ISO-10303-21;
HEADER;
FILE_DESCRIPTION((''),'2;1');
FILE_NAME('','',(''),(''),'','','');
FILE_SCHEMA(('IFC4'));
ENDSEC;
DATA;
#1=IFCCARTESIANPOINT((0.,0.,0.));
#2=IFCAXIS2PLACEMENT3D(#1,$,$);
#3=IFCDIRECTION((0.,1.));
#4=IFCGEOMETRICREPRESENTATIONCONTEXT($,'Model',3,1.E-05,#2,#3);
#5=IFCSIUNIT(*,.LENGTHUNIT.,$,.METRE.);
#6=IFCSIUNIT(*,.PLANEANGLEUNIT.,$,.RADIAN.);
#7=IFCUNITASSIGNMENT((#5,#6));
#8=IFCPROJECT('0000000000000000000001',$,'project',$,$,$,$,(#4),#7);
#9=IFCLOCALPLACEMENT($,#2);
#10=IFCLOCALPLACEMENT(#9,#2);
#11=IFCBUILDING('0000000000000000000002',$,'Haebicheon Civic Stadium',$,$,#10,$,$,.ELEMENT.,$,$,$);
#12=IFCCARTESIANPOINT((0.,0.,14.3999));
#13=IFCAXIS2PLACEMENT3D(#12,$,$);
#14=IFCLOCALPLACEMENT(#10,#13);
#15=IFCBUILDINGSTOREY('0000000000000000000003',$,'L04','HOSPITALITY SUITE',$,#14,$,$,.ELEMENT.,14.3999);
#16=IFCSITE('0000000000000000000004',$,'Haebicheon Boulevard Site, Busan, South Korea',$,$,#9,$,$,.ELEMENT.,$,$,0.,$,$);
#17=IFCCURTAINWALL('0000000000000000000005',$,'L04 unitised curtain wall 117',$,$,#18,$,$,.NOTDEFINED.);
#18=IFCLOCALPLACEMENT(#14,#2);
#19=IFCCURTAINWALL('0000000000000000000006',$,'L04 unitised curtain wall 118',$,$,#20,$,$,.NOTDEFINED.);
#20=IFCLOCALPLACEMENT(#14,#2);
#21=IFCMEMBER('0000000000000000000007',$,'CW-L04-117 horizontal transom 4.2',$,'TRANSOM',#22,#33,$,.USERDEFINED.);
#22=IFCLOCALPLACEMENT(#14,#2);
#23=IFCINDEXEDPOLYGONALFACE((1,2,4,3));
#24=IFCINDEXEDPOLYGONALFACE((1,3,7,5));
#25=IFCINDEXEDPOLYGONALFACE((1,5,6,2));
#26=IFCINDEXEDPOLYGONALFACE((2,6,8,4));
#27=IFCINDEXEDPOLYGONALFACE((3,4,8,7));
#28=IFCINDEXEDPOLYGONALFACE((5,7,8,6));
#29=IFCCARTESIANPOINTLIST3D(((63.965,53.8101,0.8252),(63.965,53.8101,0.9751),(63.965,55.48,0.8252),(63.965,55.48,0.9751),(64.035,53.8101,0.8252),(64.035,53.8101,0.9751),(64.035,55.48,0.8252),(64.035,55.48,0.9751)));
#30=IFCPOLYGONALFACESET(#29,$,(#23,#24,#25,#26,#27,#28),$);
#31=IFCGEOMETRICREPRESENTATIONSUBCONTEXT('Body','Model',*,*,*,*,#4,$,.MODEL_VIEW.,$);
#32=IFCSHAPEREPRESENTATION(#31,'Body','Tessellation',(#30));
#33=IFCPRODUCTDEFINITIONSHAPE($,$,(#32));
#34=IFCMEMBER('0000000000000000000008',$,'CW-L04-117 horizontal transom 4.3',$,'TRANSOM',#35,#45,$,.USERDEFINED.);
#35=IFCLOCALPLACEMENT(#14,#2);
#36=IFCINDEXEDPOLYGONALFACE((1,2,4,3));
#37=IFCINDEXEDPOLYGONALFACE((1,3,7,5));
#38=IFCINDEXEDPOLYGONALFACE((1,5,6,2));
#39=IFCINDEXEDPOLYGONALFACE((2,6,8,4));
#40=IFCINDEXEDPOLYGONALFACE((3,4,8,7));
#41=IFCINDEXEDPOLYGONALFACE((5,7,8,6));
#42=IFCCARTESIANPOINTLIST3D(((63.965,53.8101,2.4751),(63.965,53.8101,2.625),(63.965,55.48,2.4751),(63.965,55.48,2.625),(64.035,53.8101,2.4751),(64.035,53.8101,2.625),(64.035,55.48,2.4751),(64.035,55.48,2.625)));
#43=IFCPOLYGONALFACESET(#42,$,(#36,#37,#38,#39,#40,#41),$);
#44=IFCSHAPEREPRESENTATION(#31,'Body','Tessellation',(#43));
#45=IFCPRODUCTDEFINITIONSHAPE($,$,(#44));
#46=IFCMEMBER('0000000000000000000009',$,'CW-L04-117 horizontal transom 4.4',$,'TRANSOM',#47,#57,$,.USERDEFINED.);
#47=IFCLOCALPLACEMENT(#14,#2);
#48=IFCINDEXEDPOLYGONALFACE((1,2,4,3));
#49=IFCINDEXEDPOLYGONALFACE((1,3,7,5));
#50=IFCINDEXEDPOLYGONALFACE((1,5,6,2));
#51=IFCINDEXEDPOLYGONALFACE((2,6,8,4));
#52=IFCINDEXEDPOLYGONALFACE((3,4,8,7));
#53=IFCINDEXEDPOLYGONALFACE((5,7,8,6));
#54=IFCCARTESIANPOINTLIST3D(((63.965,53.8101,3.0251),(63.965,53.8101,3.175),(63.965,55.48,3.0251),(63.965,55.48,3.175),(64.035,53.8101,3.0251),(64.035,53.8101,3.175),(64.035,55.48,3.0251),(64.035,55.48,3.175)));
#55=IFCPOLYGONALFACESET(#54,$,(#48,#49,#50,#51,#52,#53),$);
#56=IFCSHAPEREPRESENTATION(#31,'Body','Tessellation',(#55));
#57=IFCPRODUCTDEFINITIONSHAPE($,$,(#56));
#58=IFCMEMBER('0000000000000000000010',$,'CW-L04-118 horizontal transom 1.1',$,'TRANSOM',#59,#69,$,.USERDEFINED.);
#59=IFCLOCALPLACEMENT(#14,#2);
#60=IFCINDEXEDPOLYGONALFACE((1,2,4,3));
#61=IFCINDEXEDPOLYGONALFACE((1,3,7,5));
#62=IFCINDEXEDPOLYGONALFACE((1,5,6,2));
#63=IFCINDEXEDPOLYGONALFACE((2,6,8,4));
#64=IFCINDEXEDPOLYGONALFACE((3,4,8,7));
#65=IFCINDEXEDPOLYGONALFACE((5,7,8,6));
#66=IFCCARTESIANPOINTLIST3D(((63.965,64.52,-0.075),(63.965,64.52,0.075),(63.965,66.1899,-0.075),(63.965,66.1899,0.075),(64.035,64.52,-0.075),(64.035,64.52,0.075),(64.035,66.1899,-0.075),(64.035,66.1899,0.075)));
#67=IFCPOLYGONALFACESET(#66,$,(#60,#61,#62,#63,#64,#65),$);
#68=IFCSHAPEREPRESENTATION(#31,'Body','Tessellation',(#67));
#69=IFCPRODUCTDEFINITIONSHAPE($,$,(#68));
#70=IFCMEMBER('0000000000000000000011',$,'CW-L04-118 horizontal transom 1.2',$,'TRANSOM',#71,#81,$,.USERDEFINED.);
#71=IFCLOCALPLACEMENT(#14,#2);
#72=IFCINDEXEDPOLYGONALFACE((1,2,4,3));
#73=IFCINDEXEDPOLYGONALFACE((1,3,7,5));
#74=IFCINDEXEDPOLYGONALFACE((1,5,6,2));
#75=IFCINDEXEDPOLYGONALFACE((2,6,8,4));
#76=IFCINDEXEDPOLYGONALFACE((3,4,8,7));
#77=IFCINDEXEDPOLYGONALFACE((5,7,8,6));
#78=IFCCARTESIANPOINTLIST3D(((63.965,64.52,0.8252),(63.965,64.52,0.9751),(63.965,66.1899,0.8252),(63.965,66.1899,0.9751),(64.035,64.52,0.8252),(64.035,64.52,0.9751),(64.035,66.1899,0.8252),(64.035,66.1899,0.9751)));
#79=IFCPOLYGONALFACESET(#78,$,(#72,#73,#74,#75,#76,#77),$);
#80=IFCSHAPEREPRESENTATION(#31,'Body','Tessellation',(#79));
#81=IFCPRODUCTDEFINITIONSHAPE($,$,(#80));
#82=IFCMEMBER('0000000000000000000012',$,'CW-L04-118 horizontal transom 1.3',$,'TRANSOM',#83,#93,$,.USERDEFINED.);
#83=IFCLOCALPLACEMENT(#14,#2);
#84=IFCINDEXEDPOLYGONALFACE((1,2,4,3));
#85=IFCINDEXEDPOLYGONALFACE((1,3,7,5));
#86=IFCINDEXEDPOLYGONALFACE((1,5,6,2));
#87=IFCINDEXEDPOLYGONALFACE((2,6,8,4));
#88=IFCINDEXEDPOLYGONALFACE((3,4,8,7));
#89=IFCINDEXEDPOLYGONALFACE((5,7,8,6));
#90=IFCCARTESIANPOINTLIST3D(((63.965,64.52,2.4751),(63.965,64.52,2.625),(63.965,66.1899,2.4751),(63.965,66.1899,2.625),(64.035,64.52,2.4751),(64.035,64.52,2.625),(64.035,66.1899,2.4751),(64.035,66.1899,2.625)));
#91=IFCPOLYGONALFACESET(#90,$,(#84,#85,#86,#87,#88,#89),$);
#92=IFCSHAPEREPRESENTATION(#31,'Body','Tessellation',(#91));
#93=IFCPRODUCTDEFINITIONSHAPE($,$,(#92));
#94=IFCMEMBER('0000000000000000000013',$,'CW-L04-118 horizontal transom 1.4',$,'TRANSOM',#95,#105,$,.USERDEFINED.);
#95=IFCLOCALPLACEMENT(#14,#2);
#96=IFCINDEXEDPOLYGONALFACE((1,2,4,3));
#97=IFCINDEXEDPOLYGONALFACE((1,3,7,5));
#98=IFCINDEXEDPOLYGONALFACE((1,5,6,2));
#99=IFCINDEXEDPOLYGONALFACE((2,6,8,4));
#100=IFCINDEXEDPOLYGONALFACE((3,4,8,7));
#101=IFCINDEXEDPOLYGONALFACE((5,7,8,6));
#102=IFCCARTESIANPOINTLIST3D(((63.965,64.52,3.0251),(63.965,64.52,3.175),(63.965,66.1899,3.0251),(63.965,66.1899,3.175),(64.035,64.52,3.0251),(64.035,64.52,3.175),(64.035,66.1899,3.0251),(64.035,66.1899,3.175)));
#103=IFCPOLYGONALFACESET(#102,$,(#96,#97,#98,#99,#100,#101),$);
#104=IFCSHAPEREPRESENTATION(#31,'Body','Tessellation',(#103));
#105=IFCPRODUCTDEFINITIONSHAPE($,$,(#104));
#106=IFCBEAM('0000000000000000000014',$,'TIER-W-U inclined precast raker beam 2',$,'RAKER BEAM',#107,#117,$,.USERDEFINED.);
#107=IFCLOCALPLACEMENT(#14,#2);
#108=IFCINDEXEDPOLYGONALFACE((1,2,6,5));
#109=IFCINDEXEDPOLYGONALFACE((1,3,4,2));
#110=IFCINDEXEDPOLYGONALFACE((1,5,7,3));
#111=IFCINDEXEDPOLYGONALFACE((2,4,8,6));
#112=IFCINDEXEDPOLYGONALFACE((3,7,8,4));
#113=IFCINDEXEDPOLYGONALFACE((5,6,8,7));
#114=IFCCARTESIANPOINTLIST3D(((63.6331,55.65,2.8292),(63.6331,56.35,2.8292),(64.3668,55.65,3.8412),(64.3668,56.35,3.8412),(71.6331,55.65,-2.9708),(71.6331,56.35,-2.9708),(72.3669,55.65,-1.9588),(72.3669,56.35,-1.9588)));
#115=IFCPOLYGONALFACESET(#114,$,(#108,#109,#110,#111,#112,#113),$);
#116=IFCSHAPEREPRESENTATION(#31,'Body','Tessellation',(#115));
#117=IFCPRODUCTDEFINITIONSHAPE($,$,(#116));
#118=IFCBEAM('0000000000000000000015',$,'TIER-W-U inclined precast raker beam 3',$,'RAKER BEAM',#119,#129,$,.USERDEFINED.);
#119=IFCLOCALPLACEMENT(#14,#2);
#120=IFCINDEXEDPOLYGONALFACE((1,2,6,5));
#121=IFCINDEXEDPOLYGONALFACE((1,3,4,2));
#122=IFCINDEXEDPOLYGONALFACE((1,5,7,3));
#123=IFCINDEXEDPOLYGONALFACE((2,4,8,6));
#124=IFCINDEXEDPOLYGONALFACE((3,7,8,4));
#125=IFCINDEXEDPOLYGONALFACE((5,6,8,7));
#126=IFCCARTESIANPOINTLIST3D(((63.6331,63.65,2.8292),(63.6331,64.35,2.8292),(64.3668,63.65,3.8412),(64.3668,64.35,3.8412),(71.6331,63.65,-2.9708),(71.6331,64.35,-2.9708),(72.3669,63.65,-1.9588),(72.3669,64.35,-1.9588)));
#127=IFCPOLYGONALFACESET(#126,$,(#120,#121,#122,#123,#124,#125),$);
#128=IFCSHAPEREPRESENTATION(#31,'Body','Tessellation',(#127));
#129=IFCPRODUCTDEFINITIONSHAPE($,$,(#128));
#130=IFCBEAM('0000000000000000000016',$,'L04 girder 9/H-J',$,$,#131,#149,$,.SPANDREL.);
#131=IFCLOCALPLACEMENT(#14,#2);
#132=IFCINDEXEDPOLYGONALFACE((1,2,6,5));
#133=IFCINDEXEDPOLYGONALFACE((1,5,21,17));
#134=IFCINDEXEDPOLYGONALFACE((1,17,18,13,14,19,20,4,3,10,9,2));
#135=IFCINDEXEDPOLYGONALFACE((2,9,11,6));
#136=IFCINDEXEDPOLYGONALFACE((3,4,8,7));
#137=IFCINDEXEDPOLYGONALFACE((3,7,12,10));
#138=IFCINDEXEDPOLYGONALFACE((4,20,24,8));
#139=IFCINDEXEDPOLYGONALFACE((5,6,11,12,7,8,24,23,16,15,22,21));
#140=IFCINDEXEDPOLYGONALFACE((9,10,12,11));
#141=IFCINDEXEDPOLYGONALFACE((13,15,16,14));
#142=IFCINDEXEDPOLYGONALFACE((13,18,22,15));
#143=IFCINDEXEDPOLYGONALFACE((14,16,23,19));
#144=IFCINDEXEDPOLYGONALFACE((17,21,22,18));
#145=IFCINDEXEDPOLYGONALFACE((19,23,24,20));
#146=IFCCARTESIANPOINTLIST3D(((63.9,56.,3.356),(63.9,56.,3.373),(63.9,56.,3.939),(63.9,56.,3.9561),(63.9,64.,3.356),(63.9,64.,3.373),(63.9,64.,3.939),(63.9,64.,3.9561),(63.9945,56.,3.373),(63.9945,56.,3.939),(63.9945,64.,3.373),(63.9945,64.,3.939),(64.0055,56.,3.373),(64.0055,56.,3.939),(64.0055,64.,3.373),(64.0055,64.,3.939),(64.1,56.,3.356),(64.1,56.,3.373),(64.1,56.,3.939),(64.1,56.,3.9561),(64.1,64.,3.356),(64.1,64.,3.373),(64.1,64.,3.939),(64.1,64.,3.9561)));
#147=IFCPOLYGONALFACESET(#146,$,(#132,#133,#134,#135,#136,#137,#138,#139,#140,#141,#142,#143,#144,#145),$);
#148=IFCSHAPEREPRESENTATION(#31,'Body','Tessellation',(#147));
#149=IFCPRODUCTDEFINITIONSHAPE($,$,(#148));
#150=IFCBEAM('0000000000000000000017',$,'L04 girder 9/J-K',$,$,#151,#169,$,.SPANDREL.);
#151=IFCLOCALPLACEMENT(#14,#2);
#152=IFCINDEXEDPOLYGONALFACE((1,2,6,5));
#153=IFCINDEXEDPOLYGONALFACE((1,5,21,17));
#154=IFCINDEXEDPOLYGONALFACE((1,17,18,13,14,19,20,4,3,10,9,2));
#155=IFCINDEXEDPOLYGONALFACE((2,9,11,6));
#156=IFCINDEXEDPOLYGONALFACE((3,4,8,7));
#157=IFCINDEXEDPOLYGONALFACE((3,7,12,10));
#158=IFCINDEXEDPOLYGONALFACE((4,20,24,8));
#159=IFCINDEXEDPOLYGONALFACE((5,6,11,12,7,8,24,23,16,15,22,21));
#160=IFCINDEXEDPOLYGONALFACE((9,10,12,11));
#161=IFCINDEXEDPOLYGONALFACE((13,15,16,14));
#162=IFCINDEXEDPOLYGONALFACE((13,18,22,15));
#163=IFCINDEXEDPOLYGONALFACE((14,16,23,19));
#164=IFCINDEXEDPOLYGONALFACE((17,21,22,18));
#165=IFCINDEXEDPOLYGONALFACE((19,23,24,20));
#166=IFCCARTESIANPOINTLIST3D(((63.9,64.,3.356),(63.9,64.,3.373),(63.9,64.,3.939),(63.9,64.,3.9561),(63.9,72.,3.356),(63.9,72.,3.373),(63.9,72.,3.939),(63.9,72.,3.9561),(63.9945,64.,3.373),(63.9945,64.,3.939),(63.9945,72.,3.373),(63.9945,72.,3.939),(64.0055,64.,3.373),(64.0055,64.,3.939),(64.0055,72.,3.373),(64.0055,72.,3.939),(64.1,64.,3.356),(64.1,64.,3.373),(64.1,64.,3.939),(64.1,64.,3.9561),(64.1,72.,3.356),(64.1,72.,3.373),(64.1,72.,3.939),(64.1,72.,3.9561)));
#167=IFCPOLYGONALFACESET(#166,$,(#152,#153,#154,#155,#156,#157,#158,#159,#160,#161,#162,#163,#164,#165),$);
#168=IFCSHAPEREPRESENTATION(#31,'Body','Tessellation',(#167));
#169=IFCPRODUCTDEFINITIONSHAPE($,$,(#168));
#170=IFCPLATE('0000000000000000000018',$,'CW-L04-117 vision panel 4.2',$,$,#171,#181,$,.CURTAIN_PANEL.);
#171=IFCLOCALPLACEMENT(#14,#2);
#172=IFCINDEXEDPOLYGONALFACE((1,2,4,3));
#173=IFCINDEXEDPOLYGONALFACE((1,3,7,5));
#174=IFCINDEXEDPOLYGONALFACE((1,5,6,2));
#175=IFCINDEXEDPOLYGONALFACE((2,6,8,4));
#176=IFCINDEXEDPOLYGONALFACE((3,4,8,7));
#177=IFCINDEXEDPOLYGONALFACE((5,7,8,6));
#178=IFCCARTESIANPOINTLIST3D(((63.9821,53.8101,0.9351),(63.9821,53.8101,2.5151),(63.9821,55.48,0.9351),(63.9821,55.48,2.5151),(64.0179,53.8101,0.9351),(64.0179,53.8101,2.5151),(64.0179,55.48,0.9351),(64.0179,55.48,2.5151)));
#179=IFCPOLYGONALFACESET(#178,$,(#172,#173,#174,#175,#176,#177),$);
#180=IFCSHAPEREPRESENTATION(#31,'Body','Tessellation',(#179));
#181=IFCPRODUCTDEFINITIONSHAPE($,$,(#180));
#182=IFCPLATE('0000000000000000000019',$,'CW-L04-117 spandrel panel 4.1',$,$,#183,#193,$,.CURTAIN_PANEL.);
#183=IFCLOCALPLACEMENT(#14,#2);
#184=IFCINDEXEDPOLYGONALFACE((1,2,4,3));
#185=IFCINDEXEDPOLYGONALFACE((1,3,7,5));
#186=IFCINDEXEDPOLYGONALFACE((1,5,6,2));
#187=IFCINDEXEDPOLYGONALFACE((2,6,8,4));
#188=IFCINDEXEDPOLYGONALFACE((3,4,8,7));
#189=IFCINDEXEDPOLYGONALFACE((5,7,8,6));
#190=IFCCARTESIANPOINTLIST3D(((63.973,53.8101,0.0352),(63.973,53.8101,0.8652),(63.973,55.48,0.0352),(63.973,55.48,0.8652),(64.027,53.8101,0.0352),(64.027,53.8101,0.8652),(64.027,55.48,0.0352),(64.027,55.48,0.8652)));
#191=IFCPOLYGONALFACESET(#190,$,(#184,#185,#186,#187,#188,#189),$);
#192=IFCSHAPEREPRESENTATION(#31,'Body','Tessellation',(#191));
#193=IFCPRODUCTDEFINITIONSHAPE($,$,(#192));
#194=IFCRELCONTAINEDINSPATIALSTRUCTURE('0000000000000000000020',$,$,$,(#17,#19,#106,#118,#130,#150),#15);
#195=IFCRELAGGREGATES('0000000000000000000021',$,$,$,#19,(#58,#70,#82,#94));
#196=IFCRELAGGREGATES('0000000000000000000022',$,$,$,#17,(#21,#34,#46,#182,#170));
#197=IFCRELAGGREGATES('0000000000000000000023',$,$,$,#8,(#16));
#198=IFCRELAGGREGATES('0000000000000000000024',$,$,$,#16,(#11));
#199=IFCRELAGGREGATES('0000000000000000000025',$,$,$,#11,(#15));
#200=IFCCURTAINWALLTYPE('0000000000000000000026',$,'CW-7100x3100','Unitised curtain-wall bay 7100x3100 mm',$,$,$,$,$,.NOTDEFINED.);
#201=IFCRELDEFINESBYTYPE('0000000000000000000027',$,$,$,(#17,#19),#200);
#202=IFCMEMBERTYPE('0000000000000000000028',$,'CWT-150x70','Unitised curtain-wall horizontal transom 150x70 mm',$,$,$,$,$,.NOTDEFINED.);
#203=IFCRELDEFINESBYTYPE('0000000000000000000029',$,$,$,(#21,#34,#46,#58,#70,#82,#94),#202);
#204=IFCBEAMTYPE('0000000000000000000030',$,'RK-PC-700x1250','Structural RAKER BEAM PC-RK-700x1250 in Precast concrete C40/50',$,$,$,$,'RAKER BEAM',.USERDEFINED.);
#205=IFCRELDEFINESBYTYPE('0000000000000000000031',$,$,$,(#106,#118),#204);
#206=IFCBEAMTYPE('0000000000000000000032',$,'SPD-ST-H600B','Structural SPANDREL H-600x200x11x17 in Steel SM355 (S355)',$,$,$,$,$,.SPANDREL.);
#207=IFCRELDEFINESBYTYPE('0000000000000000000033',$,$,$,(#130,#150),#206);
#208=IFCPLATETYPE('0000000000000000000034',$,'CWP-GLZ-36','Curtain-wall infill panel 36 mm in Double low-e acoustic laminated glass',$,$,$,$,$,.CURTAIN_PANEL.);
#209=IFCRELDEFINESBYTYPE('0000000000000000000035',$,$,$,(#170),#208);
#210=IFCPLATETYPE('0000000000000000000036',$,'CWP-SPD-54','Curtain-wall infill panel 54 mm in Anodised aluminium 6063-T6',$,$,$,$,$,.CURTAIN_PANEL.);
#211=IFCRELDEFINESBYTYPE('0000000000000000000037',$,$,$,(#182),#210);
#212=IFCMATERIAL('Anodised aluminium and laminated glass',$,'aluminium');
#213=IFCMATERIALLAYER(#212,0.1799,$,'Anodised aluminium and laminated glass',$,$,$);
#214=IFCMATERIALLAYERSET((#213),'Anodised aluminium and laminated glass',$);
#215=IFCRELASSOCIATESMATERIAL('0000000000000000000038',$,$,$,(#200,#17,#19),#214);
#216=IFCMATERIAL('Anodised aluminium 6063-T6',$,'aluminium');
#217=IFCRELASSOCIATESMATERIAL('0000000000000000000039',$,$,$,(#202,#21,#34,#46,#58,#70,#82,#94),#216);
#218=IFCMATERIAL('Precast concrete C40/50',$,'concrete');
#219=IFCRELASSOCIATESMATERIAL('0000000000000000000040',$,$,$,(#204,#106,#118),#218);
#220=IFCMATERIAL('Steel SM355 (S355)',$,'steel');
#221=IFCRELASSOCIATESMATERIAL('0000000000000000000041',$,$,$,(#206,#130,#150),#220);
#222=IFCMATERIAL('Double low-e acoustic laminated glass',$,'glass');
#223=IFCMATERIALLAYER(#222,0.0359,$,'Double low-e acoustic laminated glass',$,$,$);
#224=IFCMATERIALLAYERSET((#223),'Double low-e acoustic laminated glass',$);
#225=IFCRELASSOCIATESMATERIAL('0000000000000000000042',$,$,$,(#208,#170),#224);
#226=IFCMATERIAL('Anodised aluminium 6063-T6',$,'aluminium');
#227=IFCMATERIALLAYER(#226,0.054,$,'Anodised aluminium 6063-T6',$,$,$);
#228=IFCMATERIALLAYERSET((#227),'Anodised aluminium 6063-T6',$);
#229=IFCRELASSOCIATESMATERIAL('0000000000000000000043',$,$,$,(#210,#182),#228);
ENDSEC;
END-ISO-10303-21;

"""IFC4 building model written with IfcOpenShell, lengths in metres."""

from ifc_helpers import new_model, si_unit, direction, frame, origin, origin_2d, place, context, subcontext, project, spatial, rectangle, i_section, extrude, material, layer, layer_set, material_profile, profile_set, type_object, element, aggregate, save


model = new_model("IFC4")

# Units and contexts
model_context = context("Model", 3, precision=1e-05, world=origin(), true_north=direction((0.0, 1.0)))
body_context = subcontext(model_context, "Body", "Model", "MODEL_VIEW")
ifc_project = project(units=[si_unit("LENGTHUNIT", "METRE"), si_unit("PLANEANGLEUNIT", "RADIAN")], contexts=[model_context])

# Site, building, storey
site_placement = place(None, origin())
site = spatial("IfcSite", under=ifc_project, at=site_placement, Name="Haebicheon Boulevard Site, Busan, South Korea", CompositionType="ELEMENT", RefElevation=0.0)
building_placement = place(site_placement, origin())
building = spatial("IfcBuilding", under=site, at=building_placement, Name="Haebicheon Civic Stadium", CompositionType="ELEMENT")
storey_placement = place(building_placement, frame((0.0, 0.0, 14.3999)))
storey = spatial("IfcBuildingStorey", under=building, at=storey_placement, Name="L04", Description="HOSPITALITY SUITE", CompositionType="ELEMENT", Elevation=14.3999)

# Curtain wall
ifc_material_1 = material(Name="Anodised aluminium and laminated glass", Category="aluminium")
ifc_layer_1 = layer(ifc_material_1, 0.1799, Name="Anodised aluminium and laminated glass")
ifc_layer_set_1 = layer_set([ifc_layer_1], Name="Anodised aluminium and laminated glass")
curtain_wall_type = type_object("IfcCurtainWallType", Name="CW-7100x3100", Description="Unitised curtain-wall bay 7100x3100 mm", PredefinedType="NOTDEFINED", material=ifc_layer_set_1)
curtain_wall_1_placement = place(storey_placement, origin())
curtain_wall_1 = element("IfcCurtainWall", 1, at=curtain_wall_1_placement, inside=storey, type_object=curtain_wall_type, material=ifc_layer_set_1, Name="L04 unitised curtain wall 117", PredefinedType="NOTDEFINED")

# Curtain wall
curtain_wall_2_placement = place(storey_placement, origin())
curtain_wall_2 = element("IfcCurtainWall", 2, at=curtain_wall_2_placement, inside=storey, type_object=curtain_wall_type, material=ifc_layer_set_1, Name="L04 unitised curtain wall 118", PredefinedType="NOTDEFINED")

# Members
ifc_material_2 = material(Name="Anodised aluminium 6063-T6", Category="aluminium")
ifc_material_profile_1 = material_profile(ifc_material_2, rectangle(XDim=0.0701, YDim=0.1499, at=origin_2d()), Name="ALU-TRAN-70x150")
ifc_profile_set_1 = profile_set([ifc_material_profile_1], Name="Anodised aluminium 6063-T6")
member_type_1 = type_object("IfcMemberType", Name="CWT-150x70", Description="Unitised curtain-wall horizontal transom 150x70 mm", PredefinedType="NOTDEFINED", material=ifc_profile_set_1)
member_1_placement = place(storey_placement, frame((64.0, 53.8101, 0.9001), z_axis=(0.0, 1.0, 0.0), x_axis=(-1.0, 0.0, 0.0)))
member_1 = element("IfcMember", 3, at=member_1_placement, type_object=member_type_1, material=ifc_profile_set_1, Name="CW-L04-117 horizontal transom 4.2", ObjectType="TRANSOM", PredefinedType="USERDEFINED", context=body_context, shape_type="SweptSolid", body=[
    extrude(rectangle(XDim=0.0701, YDim=0.1499, at=origin_2d()), origin(), (0.0, 0.0, 1.0), 1.6699),
])
member_2_placement = place(storey_placement, frame((64.0, 53.8101, 2.55), z_axis=(0.0, 1.0, 0.0), x_axis=(-1.0, 0.0, 0.0)))
member_2 = element("IfcMember", 4, at=member_2_placement, type_object=member_type_1, material=ifc_profile_set_1, Name="CW-L04-117 horizontal transom 4.3", ObjectType="TRANSOM", PredefinedType="USERDEFINED", context=body_context, shape_type="SweptSolid", body=[
    extrude(rectangle(XDim=0.0701, YDim=0.1499, at=origin_2d()), origin(), (0.0, 0.0, 1.0), 1.6699),
])
member_3_placement = place(storey_placement, frame((64.0, 53.8101, 3.1001), z_axis=(0.0, 1.0, 0.0), x_axis=(-1.0, 0.0, 0.0)))
member_3 = element("IfcMember", 5, at=member_3_placement, type_object=member_type_1, material=ifc_profile_set_1, Name="CW-L04-117 horizontal transom 4.4", ObjectType="TRANSOM", PredefinedType="USERDEFINED", context=body_context, shape_type="SweptSolid", body=[
    extrude(rectangle(XDim=0.0701, YDim=0.1499, at=origin_2d()), origin(), (0.0, 0.0, 1.0), 1.6699),
])
member_4_placement = place(storey_placement, frame((64.0, 64.52, 0.0), z_axis=(0.0, 1.0, 0.0), x_axis=(-1.0, 0.0, 0.0)))
member_4 = element("IfcMember", 6, at=member_4_placement, type_object=member_type_1, material=ifc_profile_set_1, Name="CW-L04-118 horizontal transom 1.1", ObjectType="TRANSOM", PredefinedType="USERDEFINED", context=body_context, shape_type="SweptSolid", body=[
    extrude(rectangle(XDim=0.0701, YDim=0.1499, at=origin_2d()), origin(), (0.0, 0.0, 1.0), 1.6699),
])
member_5_placement = place(storey_placement, frame((64.0, 64.52, 0.9001), z_axis=(0.0, 1.0, 0.0), x_axis=(-1.0, 0.0, 0.0)))
member_5 = element("IfcMember", 7, at=member_5_placement, type_object=member_type_1, material=ifc_profile_set_1, Name="CW-L04-118 horizontal transom 1.2", ObjectType="TRANSOM", PredefinedType="USERDEFINED", context=body_context, shape_type="SweptSolid", body=[
    extrude(rectangle(XDim=0.0701, YDim=0.1499, at=origin_2d()), origin(), (0.0, 0.0, 1.0), 1.6699),
])
member_6_placement = place(storey_placement, frame((64.0, 64.52, 2.55), z_axis=(0.0, 1.0, 0.0), x_axis=(-1.0, 0.0, 0.0)))
member_6 = element("IfcMember", 8, at=member_6_placement, type_object=member_type_1, material=ifc_profile_set_1, Name="CW-L04-118 horizontal transom 1.3", ObjectType="TRANSOM", PredefinedType="USERDEFINED", context=body_context, shape_type="SweptSolid", body=[
    extrude(rectangle(XDim=0.0701, YDim=0.1499, at=origin_2d()), origin(), (0.0, 0.0, 1.0), 1.6699),
])
member_7_placement = place(storey_placement, frame((64.0, 64.52, 3.1001), z_axis=(0.0, 1.0, 0.0), x_axis=(-1.0, 0.0, 0.0)))
member_7 = element("IfcMember", 9, at=member_7_placement, type_object=member_type_1, material=ifc_profile_set_1, Name="CW-L04-118 horizontal transom 1.4", ObjectType="TRANSOM", PredefinedType="USERDEFINED", context=body_context, shape_type="SweptSolid", body=[
    extrude(rectangle(XDim=0.0701, YDim=0.1499, at=origin_2d()), origin(), (0.0, 0.0, 1.0), 1.6699),
])
aggregate(curtain_wall_2, [member_4, member_5, member_6, member_7])

# Beams
ifc_material_3 = material(Name="Precast concrete C40/50", Category="concrete")
ifc_material_profile_2 = material_profile(ifc_material_3, rectangle(XDim=0.7, YDim=1.25, at=origin_2d()), Name="PC-RK-700x1250")
ifc_profile_set_2 = profile_set([ifc_material_profile_2], Name="Precast concrete C40/50")
beam_type_1 = type_object("IfcBeamType", Name="RK-PC-700x1250", Description="Structural RAKER BEAM PC-RK-700x1250 in Precast concrete C40/50", ElementType="RAKER BEAM", PredefinedType="USERDEFINED", material=ifc_profile_set_2)
for number, where, z_axis, x_axis, name in (
    (10, (72.0, 56.0, -2.4648), (-0.809608, 0.0, 0.586971), (0.0, -1.0, 0.0), "TIER-W-U inclined precast raker beam 2"),
    (11, (72.0, 64.0, -2.4648), (-0.809608, 0.0, 0.586971), (0.0, -1.0, 0.0), "TIER-W-U inclined precast raker beam 3"),
):
    element("IfcBeam", number, at=place(storey_placement, frame(where, z_axis=z_axis, x_axis=x_axis)), inside=storey, type_object=beam_type_1, material=ifc_profile_set_2, Name=name, ObjectType="RAKER BEAM", PredefinedType="USERDEFINED", context=body_context, shape_type="SweptSolid", body=[
        extrude(rectangle(XDim=0.7, YDim=1.25, at=origin_2d()), origin(), (0.0, 0.0, 1.0), 9.8813),
    ])
ifc_material_4 = material(Name="Steel SM355 (S355)", Category="steel")
ifc_material_profile_3 = material_profile(ifc_material_4, i_section(OverallWidth=0.2, OverallDepth=0.6001, WebThickness=0.011, FlangeThickness=0.0171, at=origin_2d()), Name="H-600x200x11x17")
ifc_profile_set_3 = profile_set([ifc_material_profile_3], Name="Steel SM355 (S355)")
beam_type_2 = type_object("IfcBeamType", Name="SPD-ST-H600B", Description="Structural SPANDREL H-600x200x11x17 in Steel SM355 (S355)", PredefinedType="SPANDREL", material=ifc_profile_set_3)
for number, where, z_axis, x_axis, name in (
    (12, (64.0, 56.0, 3.656), (0.0, 1.0, 0.0), (-1.0, 0.0, 0.0), "L04 girder 9/H-J"),
    (13, (64.0, 64.0, 3.656), (0.0, 1.0, 0.0), (-1.0, 0.0, 0.0), "L04 girder 9/J-K"),
):
    element("IfcBeam", number, at=place(storey_placement, frame(where, z_axis=z_axis, x_axis=x_axis)), inside=storey, type_object=beam_type_2, material=ifc_profile_set_3, Name=name, PredefinedType="SPANDREL", context=body_context, shape_type="SweptSolid", body=[
        extrude(i_section(OverallWidth=0.2, OverallDepth=0.6001, WebThickness=0.011, FlangeThickness=0.0171, at=origin_2d()), origin(), (0.0, 0.0, 1.0), 8.0),
    ])

# Plates
ifc_material_5 = material(Name="Double low-e acoustic laminated glass", Category="glass")
ifc_layer_2 = layer(ifc_material_5, 0.0359, Name="Double low-e acoustic laminated glass")
ifc_layer_set_2 = layer_set([ifc_layer_2], Name="Double low-e acoustic laminated glass")
plate_type_1 = type_object("IfcPlateType", Name="CWP-GLZ-36", Description="Curtain-wall infill panel 36 mm in Double low-e acoustic laminated glass", PredefinedType="CURTAIN_PANEL", material=ifc_layer_set_2)
plate_1_placement = place(storey_placement, frame((64.0, 54.645, 0.9351), z_axis=(0.0, 0.0, 1.0), x_axis=(0.0, 1.0, 0.0)))
plate_1 = element("IfcPlate", 14, at=plate_1_placement, type_object=plate_type_1, material=ifc_layer_set_2, Name="CW-L04-117 vision panel 4.2", PredefinedType="CURTAIN_PANEL", context=body_context, shape_type="SweptSolid", body=[
    extrude(rectangle(XDim=1.6699, YDim=0.0359, at=origin_2d()), origin(), (0.0, 0.0, 1.0), 1.5801),
])
ifc_material_6 = material(Name="Anodised aluminium 6063-T6", Category="aluminium")
ifc_layer_3 = layer(ifc_material_6, 0.054, Name="Anodised aluminium 6063-T6")
ifc_layer_set_3 = layer_set([ifc_layer_3], Name="Anodised aluminium 6063-T6")
plate_type_2 = type_object("IfcPlateType", Name="CWP-SPD-54", Description="Curtain-wall infill panel 54 mm in Anodised aluminium 6063-T6", PredefinedType="CURTAIN_PANEL", material=ifc_layer_set_3)
plate_2_placement = place(storey_placement, frame((64.0, 54.645, 0.0352), z_axis=(0.0, 0.0, 1.0), x_axis=(0.0, 1.0, 0.0)))
plate_2 = element("IfcPlate", 15, at=plate_2_placement, type_object=plate_type_2, material=ifc_layer_set_3, Name="CW-L04-117 spandrel panel 4.1", PredefinedType="CURTAIN_PANEL", context=body_context, shape_type="SweptSolid", body=[
    extrude(rectangle(XDim=1.6699, YDim=0.054, at=origin_2d()), origin(), (0.0, 0.0, 1.0), 0.8301),
])
aggregate(curtain_wall_1, [member_1, member_2, member_3, plate_2, plate_1])

save(model, "model.ifc")
